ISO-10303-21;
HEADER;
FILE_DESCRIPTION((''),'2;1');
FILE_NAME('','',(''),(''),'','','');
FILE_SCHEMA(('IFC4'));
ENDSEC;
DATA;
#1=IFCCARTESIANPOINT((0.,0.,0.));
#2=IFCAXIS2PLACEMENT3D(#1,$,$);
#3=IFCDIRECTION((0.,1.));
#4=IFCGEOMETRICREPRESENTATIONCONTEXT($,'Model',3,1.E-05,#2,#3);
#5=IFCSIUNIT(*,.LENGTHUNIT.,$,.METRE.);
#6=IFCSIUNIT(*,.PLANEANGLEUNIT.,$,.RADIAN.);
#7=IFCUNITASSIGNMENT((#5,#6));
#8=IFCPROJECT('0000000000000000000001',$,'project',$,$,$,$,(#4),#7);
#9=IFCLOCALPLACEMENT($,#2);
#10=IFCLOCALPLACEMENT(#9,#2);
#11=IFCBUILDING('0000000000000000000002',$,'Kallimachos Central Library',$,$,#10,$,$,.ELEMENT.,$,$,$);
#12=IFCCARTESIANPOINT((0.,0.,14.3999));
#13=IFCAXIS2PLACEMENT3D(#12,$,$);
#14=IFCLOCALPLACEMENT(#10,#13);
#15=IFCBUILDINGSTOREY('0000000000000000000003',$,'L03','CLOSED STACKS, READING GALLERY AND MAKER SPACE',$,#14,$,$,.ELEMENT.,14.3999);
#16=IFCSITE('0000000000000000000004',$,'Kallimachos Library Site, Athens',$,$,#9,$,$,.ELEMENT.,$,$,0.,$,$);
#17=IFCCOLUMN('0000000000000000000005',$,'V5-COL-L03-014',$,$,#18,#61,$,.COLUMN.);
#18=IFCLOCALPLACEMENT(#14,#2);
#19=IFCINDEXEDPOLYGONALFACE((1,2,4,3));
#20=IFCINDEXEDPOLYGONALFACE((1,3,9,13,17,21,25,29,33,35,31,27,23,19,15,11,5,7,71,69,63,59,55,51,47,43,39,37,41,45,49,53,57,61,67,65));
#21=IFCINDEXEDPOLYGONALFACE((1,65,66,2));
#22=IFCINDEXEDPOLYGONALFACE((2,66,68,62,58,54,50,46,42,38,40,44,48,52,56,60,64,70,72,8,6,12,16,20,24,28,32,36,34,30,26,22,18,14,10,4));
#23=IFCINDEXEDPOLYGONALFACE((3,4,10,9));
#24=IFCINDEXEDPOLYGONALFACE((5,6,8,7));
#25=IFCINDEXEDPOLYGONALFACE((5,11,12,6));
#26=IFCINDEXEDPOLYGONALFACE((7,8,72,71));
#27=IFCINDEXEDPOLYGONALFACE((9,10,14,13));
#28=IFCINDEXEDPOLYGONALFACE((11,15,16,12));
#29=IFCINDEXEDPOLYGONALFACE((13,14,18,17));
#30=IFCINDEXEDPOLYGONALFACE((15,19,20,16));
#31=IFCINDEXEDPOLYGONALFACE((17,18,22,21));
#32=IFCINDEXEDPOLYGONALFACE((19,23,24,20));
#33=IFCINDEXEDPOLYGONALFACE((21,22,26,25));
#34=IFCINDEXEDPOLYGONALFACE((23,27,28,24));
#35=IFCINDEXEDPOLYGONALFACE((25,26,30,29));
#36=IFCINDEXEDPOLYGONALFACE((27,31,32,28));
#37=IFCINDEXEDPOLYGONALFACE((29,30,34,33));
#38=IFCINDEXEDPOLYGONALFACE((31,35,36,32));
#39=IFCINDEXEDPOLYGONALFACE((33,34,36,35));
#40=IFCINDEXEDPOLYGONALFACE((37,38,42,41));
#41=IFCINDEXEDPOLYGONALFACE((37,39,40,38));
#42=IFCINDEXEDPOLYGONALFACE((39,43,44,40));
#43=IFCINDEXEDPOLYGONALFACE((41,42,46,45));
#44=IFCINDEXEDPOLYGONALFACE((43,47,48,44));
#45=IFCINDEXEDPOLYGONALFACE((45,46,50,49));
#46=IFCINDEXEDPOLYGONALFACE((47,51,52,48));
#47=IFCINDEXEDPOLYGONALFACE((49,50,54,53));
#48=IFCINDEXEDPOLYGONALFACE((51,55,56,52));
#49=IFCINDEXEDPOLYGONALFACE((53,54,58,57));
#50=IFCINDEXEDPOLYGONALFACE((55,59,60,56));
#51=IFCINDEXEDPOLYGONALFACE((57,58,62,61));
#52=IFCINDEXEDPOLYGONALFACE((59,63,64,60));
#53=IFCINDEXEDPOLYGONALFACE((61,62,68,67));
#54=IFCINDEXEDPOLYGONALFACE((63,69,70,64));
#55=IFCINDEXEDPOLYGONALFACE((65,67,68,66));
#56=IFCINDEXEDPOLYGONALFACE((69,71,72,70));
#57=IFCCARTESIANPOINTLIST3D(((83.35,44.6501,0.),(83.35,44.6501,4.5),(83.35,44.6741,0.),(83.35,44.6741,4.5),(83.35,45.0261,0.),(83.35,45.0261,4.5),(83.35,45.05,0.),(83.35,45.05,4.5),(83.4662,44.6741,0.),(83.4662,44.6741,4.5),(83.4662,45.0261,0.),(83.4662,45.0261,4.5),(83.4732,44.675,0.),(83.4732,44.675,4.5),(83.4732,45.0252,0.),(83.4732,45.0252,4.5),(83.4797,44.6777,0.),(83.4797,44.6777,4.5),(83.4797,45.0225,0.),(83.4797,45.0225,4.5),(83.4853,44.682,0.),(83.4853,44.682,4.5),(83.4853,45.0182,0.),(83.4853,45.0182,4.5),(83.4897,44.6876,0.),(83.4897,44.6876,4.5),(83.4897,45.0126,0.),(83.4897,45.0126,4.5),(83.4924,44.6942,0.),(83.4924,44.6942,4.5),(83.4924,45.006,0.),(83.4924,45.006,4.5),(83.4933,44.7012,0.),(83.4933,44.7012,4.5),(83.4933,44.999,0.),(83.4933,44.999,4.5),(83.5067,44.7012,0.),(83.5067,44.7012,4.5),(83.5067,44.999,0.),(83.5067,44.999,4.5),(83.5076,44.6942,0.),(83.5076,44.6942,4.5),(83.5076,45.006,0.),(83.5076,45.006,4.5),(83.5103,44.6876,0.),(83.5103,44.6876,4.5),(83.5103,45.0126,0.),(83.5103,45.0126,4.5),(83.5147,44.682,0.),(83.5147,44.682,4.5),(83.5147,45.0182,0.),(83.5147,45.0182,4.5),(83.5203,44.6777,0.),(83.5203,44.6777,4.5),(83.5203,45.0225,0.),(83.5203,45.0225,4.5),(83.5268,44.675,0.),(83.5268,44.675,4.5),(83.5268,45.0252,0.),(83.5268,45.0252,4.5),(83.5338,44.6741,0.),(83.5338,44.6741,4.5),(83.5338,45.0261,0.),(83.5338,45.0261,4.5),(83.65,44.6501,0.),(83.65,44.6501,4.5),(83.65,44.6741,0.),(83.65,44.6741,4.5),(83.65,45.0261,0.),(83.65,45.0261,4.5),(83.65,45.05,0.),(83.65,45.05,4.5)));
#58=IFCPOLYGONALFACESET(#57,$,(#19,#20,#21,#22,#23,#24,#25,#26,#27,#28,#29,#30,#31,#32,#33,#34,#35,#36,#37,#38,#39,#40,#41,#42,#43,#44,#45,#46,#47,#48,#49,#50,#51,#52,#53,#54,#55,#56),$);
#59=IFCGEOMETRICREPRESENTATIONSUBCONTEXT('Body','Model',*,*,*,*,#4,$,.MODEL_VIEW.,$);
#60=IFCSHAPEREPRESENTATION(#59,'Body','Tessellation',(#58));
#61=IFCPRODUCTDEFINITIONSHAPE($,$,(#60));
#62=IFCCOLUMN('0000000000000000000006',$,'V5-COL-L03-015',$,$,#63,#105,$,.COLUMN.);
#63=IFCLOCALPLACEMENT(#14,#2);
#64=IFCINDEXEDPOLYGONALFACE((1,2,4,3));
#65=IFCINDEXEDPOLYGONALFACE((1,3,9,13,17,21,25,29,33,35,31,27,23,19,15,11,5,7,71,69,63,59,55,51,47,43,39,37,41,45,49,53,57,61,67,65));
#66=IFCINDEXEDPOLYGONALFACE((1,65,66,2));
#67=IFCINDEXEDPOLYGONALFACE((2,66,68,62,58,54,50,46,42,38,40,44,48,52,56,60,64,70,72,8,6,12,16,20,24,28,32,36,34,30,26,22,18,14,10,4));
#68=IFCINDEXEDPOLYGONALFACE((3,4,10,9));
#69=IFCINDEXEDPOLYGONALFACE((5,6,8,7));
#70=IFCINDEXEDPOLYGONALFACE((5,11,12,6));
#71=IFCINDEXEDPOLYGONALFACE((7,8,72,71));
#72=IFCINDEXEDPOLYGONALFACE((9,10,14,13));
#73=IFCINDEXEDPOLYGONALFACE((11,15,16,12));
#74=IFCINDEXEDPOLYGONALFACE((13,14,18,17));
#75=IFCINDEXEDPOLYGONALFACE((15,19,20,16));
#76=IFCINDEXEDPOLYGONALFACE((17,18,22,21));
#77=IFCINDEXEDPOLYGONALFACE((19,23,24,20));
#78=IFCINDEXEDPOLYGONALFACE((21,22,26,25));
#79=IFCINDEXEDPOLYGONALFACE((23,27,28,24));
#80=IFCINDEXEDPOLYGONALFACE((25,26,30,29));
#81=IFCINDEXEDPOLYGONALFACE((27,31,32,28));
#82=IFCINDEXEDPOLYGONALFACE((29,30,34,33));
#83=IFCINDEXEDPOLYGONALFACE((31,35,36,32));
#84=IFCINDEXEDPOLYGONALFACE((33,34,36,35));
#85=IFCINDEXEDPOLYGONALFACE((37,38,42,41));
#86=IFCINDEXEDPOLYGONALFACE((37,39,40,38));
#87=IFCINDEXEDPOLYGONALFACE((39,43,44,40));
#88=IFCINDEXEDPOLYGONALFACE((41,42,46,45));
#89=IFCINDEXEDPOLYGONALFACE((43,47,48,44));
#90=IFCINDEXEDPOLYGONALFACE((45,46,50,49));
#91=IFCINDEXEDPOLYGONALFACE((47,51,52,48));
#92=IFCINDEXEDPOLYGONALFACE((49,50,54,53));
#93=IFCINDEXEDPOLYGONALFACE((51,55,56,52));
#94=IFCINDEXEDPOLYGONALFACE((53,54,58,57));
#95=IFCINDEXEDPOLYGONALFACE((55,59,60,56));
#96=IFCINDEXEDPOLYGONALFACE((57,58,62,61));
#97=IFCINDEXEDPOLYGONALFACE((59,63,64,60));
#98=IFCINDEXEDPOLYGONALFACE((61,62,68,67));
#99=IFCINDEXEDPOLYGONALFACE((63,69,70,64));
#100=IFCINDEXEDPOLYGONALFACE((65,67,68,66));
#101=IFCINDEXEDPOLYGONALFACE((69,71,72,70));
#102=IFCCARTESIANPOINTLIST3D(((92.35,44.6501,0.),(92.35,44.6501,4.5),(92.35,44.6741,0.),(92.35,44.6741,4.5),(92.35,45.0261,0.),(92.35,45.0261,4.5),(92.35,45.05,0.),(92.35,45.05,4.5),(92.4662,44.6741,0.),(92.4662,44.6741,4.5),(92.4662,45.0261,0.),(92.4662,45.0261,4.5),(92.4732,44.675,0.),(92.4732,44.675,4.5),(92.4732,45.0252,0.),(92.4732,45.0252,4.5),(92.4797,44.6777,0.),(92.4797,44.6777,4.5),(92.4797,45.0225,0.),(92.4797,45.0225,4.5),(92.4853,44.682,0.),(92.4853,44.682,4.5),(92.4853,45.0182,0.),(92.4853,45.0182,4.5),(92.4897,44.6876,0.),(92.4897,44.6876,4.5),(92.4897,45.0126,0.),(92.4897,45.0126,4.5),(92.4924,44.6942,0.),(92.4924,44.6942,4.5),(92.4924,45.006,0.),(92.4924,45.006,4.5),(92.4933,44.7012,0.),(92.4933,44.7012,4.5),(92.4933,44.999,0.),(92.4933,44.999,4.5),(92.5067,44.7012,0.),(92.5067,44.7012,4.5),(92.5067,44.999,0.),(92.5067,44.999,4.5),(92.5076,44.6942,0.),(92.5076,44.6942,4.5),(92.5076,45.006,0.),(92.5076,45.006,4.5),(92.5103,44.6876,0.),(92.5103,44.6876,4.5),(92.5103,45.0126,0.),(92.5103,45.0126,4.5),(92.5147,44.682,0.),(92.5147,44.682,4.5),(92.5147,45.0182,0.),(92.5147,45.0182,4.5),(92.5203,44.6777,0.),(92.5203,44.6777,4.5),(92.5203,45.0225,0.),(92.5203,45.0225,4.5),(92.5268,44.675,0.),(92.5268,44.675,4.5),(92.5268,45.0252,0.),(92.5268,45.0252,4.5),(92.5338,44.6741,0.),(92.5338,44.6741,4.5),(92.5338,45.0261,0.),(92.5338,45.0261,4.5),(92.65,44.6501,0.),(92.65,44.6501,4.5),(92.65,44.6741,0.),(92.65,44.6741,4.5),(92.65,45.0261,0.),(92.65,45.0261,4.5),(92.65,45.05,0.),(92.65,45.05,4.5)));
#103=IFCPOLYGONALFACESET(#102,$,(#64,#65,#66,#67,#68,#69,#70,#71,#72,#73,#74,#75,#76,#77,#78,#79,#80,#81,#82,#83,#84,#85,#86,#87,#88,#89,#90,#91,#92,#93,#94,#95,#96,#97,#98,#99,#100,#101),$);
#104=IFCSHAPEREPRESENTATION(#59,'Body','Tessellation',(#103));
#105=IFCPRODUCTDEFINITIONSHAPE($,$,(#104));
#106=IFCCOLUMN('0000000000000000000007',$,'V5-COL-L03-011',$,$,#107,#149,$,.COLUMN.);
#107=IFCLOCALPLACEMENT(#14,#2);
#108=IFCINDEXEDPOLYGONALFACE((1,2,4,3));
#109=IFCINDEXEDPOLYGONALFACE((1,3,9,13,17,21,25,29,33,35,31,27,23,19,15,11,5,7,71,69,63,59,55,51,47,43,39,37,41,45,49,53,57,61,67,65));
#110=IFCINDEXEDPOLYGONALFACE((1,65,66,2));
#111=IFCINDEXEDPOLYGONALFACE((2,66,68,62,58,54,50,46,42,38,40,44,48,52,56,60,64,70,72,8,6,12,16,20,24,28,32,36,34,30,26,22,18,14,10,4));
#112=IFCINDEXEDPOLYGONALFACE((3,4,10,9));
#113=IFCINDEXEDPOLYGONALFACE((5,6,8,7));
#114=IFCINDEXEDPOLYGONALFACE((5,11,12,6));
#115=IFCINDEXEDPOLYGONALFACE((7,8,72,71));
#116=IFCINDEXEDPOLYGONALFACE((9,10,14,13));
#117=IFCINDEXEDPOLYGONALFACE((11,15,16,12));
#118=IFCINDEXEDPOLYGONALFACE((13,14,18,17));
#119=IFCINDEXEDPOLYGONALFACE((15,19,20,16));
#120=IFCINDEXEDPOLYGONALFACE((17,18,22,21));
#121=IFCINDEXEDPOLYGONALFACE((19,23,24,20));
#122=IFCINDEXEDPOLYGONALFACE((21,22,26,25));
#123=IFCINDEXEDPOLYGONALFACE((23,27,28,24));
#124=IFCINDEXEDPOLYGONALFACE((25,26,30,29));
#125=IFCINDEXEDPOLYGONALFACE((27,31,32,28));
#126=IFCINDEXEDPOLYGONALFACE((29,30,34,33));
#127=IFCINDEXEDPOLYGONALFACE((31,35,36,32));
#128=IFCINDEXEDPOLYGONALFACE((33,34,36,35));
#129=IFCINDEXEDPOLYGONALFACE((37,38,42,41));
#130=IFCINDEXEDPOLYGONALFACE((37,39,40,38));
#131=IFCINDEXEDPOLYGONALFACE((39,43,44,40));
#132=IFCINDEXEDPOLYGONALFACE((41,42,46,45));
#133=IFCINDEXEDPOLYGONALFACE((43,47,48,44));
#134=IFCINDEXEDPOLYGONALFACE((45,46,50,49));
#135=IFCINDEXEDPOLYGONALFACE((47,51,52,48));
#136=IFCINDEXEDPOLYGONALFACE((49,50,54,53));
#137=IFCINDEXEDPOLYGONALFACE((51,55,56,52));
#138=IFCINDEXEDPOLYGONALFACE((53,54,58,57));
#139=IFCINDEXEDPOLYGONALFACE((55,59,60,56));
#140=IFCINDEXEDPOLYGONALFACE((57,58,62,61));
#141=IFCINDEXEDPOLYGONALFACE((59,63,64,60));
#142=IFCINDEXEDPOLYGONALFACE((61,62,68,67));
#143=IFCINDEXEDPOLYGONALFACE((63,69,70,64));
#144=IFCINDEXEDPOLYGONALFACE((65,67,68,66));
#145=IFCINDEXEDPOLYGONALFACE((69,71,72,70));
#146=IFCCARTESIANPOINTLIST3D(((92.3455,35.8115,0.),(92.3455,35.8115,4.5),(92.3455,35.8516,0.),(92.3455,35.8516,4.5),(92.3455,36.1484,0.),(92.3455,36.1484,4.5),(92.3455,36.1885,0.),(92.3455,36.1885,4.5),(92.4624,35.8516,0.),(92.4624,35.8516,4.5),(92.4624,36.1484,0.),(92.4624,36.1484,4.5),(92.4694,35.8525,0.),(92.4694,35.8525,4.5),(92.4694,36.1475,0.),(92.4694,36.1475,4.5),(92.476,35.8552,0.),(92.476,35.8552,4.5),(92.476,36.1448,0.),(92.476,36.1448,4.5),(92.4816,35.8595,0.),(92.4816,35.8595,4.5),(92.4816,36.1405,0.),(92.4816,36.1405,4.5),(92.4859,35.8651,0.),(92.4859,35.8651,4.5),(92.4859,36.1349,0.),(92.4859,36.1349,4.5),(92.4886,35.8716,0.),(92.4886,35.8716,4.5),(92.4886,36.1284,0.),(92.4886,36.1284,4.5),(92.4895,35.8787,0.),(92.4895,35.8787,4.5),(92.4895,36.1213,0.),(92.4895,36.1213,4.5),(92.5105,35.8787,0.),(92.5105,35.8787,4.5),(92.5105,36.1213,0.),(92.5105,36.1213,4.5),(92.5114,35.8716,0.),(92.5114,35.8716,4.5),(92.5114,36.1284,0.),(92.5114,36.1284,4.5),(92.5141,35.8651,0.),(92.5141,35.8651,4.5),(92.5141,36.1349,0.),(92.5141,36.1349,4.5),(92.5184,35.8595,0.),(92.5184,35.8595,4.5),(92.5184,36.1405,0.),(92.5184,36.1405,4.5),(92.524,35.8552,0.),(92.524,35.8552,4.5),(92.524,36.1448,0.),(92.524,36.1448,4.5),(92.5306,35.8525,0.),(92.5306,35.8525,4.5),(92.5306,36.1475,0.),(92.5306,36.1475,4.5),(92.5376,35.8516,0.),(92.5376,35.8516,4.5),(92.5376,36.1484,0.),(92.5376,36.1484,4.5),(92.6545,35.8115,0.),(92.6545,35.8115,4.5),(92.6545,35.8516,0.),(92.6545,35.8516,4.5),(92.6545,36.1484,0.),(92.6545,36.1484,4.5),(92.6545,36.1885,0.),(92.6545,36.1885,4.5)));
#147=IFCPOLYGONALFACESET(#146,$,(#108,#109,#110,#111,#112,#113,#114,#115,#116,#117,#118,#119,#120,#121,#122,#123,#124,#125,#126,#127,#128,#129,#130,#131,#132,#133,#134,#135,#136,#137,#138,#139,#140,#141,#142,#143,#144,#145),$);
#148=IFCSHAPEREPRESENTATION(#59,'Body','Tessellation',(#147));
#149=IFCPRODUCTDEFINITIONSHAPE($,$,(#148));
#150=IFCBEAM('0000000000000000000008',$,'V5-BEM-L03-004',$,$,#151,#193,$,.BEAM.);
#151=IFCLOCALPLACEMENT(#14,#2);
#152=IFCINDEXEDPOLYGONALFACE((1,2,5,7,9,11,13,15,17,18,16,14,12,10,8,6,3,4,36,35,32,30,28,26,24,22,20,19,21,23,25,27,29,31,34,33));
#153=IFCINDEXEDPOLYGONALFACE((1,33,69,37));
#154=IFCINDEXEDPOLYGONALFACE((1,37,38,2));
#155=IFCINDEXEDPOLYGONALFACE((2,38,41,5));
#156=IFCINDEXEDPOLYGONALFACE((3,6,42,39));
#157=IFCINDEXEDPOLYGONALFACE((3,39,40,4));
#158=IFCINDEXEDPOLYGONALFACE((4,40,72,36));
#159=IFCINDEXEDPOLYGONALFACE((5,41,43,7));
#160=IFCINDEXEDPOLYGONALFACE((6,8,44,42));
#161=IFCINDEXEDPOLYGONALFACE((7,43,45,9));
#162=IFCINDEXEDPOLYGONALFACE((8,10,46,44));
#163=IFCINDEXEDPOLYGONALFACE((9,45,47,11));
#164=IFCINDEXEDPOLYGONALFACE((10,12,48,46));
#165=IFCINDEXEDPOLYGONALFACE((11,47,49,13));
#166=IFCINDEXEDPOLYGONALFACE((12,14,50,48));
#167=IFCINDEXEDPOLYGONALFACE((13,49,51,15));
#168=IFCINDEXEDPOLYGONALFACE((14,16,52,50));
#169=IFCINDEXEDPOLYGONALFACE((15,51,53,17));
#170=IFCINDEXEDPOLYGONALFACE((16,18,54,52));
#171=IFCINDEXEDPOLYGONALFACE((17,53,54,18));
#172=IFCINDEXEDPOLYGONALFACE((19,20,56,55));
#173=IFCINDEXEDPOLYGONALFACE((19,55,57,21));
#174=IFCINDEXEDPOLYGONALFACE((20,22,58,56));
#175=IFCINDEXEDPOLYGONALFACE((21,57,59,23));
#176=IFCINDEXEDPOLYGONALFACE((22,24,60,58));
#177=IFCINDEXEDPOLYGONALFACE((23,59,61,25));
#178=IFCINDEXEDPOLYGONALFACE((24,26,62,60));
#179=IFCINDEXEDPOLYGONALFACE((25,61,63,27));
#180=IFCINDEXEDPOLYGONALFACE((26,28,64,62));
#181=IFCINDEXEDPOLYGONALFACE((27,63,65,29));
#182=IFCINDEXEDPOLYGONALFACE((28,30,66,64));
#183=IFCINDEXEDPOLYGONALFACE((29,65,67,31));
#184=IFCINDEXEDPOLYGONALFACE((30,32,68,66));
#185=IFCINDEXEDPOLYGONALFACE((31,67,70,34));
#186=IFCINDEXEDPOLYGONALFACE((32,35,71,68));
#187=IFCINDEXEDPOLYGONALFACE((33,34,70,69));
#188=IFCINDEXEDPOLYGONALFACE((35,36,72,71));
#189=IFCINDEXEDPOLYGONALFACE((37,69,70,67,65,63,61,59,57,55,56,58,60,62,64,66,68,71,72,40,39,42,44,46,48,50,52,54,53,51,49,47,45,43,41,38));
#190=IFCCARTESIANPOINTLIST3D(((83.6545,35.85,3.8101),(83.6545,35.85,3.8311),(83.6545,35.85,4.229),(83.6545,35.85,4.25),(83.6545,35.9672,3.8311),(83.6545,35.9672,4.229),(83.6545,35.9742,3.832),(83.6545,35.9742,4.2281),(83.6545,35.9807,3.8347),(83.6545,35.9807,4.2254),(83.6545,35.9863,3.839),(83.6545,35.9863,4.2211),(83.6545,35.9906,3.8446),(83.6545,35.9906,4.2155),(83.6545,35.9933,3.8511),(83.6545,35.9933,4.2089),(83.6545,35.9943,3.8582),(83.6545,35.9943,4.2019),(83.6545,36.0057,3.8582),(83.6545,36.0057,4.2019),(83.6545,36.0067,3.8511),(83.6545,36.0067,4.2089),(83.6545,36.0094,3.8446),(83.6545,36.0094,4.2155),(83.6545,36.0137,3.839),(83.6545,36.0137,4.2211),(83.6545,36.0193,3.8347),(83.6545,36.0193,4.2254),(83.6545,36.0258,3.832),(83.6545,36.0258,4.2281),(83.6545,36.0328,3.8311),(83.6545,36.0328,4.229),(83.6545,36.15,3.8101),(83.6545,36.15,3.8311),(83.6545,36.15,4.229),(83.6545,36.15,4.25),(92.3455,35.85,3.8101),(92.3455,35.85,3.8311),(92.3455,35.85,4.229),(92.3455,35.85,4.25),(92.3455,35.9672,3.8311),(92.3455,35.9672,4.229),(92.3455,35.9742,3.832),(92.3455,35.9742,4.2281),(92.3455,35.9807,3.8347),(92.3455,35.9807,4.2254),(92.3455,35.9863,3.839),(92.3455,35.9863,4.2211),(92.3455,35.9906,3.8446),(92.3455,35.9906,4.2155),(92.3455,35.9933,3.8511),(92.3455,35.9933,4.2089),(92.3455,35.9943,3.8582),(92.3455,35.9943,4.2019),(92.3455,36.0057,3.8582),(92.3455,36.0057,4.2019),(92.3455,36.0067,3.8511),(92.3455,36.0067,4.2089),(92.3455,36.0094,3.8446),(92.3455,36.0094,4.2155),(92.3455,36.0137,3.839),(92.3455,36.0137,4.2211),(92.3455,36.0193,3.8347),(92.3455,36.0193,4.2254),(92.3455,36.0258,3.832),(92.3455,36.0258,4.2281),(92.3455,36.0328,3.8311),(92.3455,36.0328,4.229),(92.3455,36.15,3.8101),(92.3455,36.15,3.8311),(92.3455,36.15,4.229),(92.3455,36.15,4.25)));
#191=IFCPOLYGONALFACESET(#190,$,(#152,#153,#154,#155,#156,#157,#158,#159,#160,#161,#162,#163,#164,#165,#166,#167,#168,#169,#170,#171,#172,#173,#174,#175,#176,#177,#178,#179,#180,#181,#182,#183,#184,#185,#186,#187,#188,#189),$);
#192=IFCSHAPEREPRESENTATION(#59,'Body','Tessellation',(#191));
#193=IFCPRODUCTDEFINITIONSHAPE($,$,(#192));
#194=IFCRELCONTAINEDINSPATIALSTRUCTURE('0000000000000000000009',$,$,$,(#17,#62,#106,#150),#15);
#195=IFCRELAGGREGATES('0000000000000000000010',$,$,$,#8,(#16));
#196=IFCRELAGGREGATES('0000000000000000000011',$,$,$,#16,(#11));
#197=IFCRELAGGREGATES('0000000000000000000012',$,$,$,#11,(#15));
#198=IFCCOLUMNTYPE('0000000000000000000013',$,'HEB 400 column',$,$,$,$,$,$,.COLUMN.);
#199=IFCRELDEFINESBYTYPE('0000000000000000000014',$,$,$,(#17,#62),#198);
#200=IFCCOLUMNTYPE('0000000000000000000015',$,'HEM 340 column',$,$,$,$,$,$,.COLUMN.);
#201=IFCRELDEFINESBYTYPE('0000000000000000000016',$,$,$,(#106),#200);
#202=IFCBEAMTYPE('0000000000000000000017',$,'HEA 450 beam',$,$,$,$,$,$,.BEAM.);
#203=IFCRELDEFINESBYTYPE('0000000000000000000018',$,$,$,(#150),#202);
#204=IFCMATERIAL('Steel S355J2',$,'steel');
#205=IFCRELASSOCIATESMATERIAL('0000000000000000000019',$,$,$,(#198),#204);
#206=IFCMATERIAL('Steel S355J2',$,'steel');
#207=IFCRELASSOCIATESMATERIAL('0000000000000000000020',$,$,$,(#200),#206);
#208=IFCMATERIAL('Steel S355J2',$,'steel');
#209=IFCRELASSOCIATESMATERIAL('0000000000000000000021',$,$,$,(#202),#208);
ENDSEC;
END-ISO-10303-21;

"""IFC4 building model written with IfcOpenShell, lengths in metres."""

from ifc_helpers import new_model, si_unit, direction, frame, origin, origin_2d, place, context, subcontext, project, spatial, i_section, extrude, material, material_profile, profile_set, type_object, element, save


model = new_model("IFC4")

# Units and contexts
model_context = context("Model", 3, precision=1e-05, world=origin(), true_north=direction((0.0, 1.0)))
body_context = subcontext(model_context, "Body", "Model", "MODEL_VIEW")
ifc_project = project(units=[si_unit("LENGTHUNIT", "METRE"), si_unit("PLANEANGLEUNIT", "RADIAN")], contexts=[model_context])

# Site, building, storey
site_placement = place(None, origin())
site = spatial("IfcSite", under=ifc_project, at=site_placement, Name="Kallimachos Library Site, Athens", CompositionType="ELEMENT", RefElevation=0.0)
building_placement = place(site_placement, origin())
building = spatial("IfcBuilding", under=site, at=building_placement, Name="Kallimachos Central Library", CompositionType="ELEMENT")
storey_placement = place(building_placement, frame((0.0, 0.0, 14.3999)))
storey = spatial("IfcBuildingStorey", under=building, at=storey_placement, Name="L03", Description="CLOSED STACKS, READING GALLERY AND MAKER SPACE", CompositionType="ELEMENT", Elevation=14.3999)

# Columns
ifc_material_1 = material(Name="Steel S355J2", Category="steel")
ifc_material_profile_1 = material_profile(ifc_material_1, i_section(OverallWidth=0.3, OverallDepth=0.3999, WebThickness=0.0134, FlangeThickness=0.0239, FilletRadius=0.0271, at=origin_2d()), Name="HEB 400")
ifc_profile_set_1 = profile_set([ifc_material_profile_1], Name="Steel S355J2")
column_type_1 = type_object("IfcColumnType", Name="HEB 400 column", PredefinedType="COLUMN", material=ifc_profile_set_1)
for number, where, z_axis, x_axis, name in (
    (1, (83.5, 44.8501, 0.0), (0.0, 0.0, 1.0), (1.0, 0.0, 0.0), "V5-COL-L03-014"),
    (2, (92.5, 44.8501, 0.0), (0.0, 0.0, 1.0), (1.0, 0.0, 0.0), "V5-COL-L03-015"),
):
    element("IfcColumn", number, at=place(storey_placement, frame(where, z_axis=z_axis, x_axis=x_axis)), inside=storey, type_object=column_type_1, Name=name, PredefinedType="COLUMN", context=body_context, shape_type="SweptSolid", body=[
        extrude(i_section(OverallWidth=0.3, OverallDepth=0.3999, WebThickness=0.0134, FlangeThickness=0.0239, FilletRadius=0.0271, at=origin_2d()), origin(), (0.0, 0.0, 1.0), 4.5),
    ])
ifc_material_2 = material(Name="Steel S355J2", Category="steel")
ifc_material_profile_2 = material_profile(ifc_material_2, i_section(OverallWidth=0.3091, OverallDepth=0.377, WebThickness=0.021, FlangeThickness=0.04, FilletRadius=0.0271, at=origin_2d()), Name="HEM 340")
ifc_profile_set_2 = profile_set([ifc_material_profile_2], Name="Steel S355J2")
column_type_2 = type_object("IfcColumnType", Name="HEM 340 column", PredefinedType="COLUMN", material=ifc_profile_set_2)
column_placement = place(storey_placement, frame((92.5, 36.0, 0.0), z_axis=(0.0, 0.0, 1.0), x_axis=(1.0, 0.0, 0.0)))
element("IfcColumn", 3, at=column_placement, inside=storey, type_object=column_type_2, Name="V5-COL-L03-011", PredefinedType="COLUMN", context=body_context, shape_type="SweptSolid", body=[
    extrude(i_section(OverallWidth=0.3091, OverallDepth=0.377, WebThickness=0.021, FlangeThickness=0.04, FilletRadius=0.0271, at=origin_2d()), origin(), (0.0, 0.0, 1.0), 4.5),
])

# Beam
ifc_material_3 = material(Name="Steel S355J2", Category="steel")
ifc_material_profile_3 = material_profile(ifc_material_3, i_section(OverallWidth=0.3, OverallDepth=0.4399, WebThickness=0.0115, FlangeThickness=0.021, FilletRadius=0.0271, at=origin_2d()), Name="HEA 450")
ifc_profile_set_3 = profile_set([ifc_material_profile_3], Name="Steel S355J2")
beam_type_1 = type_object("IfcBeamType", Name="HEA 450 beam", PredefinedType="BEAM", material=ifc_profile_set_3)
beam_1_placement = place(storey_placement, frame((83.6545, 36.0, 4.03), z_axis=(1.0, 0.0, 0.0), x_axis=(0.0, 1.0, 0.0)))
element("IfcBeam", 4, at=beam_1_placement, inside=storey, type_object=beam_type_1, Name="V5-BEM-L03-004", PredefinedType="BEAM", context=body_context, shape_type="SweptSolid", body=[
    extrude(i_section(OverallWidth=0.3, OverallDepth=0.4399, WebThickness=0.0115, FlangeThickness=0.021, FilletRadius=0.0271, at=origin_2d()), origin(), (0.0, 0.0, 1.0), 8.6909),
])

save(model, "model.ifc")
